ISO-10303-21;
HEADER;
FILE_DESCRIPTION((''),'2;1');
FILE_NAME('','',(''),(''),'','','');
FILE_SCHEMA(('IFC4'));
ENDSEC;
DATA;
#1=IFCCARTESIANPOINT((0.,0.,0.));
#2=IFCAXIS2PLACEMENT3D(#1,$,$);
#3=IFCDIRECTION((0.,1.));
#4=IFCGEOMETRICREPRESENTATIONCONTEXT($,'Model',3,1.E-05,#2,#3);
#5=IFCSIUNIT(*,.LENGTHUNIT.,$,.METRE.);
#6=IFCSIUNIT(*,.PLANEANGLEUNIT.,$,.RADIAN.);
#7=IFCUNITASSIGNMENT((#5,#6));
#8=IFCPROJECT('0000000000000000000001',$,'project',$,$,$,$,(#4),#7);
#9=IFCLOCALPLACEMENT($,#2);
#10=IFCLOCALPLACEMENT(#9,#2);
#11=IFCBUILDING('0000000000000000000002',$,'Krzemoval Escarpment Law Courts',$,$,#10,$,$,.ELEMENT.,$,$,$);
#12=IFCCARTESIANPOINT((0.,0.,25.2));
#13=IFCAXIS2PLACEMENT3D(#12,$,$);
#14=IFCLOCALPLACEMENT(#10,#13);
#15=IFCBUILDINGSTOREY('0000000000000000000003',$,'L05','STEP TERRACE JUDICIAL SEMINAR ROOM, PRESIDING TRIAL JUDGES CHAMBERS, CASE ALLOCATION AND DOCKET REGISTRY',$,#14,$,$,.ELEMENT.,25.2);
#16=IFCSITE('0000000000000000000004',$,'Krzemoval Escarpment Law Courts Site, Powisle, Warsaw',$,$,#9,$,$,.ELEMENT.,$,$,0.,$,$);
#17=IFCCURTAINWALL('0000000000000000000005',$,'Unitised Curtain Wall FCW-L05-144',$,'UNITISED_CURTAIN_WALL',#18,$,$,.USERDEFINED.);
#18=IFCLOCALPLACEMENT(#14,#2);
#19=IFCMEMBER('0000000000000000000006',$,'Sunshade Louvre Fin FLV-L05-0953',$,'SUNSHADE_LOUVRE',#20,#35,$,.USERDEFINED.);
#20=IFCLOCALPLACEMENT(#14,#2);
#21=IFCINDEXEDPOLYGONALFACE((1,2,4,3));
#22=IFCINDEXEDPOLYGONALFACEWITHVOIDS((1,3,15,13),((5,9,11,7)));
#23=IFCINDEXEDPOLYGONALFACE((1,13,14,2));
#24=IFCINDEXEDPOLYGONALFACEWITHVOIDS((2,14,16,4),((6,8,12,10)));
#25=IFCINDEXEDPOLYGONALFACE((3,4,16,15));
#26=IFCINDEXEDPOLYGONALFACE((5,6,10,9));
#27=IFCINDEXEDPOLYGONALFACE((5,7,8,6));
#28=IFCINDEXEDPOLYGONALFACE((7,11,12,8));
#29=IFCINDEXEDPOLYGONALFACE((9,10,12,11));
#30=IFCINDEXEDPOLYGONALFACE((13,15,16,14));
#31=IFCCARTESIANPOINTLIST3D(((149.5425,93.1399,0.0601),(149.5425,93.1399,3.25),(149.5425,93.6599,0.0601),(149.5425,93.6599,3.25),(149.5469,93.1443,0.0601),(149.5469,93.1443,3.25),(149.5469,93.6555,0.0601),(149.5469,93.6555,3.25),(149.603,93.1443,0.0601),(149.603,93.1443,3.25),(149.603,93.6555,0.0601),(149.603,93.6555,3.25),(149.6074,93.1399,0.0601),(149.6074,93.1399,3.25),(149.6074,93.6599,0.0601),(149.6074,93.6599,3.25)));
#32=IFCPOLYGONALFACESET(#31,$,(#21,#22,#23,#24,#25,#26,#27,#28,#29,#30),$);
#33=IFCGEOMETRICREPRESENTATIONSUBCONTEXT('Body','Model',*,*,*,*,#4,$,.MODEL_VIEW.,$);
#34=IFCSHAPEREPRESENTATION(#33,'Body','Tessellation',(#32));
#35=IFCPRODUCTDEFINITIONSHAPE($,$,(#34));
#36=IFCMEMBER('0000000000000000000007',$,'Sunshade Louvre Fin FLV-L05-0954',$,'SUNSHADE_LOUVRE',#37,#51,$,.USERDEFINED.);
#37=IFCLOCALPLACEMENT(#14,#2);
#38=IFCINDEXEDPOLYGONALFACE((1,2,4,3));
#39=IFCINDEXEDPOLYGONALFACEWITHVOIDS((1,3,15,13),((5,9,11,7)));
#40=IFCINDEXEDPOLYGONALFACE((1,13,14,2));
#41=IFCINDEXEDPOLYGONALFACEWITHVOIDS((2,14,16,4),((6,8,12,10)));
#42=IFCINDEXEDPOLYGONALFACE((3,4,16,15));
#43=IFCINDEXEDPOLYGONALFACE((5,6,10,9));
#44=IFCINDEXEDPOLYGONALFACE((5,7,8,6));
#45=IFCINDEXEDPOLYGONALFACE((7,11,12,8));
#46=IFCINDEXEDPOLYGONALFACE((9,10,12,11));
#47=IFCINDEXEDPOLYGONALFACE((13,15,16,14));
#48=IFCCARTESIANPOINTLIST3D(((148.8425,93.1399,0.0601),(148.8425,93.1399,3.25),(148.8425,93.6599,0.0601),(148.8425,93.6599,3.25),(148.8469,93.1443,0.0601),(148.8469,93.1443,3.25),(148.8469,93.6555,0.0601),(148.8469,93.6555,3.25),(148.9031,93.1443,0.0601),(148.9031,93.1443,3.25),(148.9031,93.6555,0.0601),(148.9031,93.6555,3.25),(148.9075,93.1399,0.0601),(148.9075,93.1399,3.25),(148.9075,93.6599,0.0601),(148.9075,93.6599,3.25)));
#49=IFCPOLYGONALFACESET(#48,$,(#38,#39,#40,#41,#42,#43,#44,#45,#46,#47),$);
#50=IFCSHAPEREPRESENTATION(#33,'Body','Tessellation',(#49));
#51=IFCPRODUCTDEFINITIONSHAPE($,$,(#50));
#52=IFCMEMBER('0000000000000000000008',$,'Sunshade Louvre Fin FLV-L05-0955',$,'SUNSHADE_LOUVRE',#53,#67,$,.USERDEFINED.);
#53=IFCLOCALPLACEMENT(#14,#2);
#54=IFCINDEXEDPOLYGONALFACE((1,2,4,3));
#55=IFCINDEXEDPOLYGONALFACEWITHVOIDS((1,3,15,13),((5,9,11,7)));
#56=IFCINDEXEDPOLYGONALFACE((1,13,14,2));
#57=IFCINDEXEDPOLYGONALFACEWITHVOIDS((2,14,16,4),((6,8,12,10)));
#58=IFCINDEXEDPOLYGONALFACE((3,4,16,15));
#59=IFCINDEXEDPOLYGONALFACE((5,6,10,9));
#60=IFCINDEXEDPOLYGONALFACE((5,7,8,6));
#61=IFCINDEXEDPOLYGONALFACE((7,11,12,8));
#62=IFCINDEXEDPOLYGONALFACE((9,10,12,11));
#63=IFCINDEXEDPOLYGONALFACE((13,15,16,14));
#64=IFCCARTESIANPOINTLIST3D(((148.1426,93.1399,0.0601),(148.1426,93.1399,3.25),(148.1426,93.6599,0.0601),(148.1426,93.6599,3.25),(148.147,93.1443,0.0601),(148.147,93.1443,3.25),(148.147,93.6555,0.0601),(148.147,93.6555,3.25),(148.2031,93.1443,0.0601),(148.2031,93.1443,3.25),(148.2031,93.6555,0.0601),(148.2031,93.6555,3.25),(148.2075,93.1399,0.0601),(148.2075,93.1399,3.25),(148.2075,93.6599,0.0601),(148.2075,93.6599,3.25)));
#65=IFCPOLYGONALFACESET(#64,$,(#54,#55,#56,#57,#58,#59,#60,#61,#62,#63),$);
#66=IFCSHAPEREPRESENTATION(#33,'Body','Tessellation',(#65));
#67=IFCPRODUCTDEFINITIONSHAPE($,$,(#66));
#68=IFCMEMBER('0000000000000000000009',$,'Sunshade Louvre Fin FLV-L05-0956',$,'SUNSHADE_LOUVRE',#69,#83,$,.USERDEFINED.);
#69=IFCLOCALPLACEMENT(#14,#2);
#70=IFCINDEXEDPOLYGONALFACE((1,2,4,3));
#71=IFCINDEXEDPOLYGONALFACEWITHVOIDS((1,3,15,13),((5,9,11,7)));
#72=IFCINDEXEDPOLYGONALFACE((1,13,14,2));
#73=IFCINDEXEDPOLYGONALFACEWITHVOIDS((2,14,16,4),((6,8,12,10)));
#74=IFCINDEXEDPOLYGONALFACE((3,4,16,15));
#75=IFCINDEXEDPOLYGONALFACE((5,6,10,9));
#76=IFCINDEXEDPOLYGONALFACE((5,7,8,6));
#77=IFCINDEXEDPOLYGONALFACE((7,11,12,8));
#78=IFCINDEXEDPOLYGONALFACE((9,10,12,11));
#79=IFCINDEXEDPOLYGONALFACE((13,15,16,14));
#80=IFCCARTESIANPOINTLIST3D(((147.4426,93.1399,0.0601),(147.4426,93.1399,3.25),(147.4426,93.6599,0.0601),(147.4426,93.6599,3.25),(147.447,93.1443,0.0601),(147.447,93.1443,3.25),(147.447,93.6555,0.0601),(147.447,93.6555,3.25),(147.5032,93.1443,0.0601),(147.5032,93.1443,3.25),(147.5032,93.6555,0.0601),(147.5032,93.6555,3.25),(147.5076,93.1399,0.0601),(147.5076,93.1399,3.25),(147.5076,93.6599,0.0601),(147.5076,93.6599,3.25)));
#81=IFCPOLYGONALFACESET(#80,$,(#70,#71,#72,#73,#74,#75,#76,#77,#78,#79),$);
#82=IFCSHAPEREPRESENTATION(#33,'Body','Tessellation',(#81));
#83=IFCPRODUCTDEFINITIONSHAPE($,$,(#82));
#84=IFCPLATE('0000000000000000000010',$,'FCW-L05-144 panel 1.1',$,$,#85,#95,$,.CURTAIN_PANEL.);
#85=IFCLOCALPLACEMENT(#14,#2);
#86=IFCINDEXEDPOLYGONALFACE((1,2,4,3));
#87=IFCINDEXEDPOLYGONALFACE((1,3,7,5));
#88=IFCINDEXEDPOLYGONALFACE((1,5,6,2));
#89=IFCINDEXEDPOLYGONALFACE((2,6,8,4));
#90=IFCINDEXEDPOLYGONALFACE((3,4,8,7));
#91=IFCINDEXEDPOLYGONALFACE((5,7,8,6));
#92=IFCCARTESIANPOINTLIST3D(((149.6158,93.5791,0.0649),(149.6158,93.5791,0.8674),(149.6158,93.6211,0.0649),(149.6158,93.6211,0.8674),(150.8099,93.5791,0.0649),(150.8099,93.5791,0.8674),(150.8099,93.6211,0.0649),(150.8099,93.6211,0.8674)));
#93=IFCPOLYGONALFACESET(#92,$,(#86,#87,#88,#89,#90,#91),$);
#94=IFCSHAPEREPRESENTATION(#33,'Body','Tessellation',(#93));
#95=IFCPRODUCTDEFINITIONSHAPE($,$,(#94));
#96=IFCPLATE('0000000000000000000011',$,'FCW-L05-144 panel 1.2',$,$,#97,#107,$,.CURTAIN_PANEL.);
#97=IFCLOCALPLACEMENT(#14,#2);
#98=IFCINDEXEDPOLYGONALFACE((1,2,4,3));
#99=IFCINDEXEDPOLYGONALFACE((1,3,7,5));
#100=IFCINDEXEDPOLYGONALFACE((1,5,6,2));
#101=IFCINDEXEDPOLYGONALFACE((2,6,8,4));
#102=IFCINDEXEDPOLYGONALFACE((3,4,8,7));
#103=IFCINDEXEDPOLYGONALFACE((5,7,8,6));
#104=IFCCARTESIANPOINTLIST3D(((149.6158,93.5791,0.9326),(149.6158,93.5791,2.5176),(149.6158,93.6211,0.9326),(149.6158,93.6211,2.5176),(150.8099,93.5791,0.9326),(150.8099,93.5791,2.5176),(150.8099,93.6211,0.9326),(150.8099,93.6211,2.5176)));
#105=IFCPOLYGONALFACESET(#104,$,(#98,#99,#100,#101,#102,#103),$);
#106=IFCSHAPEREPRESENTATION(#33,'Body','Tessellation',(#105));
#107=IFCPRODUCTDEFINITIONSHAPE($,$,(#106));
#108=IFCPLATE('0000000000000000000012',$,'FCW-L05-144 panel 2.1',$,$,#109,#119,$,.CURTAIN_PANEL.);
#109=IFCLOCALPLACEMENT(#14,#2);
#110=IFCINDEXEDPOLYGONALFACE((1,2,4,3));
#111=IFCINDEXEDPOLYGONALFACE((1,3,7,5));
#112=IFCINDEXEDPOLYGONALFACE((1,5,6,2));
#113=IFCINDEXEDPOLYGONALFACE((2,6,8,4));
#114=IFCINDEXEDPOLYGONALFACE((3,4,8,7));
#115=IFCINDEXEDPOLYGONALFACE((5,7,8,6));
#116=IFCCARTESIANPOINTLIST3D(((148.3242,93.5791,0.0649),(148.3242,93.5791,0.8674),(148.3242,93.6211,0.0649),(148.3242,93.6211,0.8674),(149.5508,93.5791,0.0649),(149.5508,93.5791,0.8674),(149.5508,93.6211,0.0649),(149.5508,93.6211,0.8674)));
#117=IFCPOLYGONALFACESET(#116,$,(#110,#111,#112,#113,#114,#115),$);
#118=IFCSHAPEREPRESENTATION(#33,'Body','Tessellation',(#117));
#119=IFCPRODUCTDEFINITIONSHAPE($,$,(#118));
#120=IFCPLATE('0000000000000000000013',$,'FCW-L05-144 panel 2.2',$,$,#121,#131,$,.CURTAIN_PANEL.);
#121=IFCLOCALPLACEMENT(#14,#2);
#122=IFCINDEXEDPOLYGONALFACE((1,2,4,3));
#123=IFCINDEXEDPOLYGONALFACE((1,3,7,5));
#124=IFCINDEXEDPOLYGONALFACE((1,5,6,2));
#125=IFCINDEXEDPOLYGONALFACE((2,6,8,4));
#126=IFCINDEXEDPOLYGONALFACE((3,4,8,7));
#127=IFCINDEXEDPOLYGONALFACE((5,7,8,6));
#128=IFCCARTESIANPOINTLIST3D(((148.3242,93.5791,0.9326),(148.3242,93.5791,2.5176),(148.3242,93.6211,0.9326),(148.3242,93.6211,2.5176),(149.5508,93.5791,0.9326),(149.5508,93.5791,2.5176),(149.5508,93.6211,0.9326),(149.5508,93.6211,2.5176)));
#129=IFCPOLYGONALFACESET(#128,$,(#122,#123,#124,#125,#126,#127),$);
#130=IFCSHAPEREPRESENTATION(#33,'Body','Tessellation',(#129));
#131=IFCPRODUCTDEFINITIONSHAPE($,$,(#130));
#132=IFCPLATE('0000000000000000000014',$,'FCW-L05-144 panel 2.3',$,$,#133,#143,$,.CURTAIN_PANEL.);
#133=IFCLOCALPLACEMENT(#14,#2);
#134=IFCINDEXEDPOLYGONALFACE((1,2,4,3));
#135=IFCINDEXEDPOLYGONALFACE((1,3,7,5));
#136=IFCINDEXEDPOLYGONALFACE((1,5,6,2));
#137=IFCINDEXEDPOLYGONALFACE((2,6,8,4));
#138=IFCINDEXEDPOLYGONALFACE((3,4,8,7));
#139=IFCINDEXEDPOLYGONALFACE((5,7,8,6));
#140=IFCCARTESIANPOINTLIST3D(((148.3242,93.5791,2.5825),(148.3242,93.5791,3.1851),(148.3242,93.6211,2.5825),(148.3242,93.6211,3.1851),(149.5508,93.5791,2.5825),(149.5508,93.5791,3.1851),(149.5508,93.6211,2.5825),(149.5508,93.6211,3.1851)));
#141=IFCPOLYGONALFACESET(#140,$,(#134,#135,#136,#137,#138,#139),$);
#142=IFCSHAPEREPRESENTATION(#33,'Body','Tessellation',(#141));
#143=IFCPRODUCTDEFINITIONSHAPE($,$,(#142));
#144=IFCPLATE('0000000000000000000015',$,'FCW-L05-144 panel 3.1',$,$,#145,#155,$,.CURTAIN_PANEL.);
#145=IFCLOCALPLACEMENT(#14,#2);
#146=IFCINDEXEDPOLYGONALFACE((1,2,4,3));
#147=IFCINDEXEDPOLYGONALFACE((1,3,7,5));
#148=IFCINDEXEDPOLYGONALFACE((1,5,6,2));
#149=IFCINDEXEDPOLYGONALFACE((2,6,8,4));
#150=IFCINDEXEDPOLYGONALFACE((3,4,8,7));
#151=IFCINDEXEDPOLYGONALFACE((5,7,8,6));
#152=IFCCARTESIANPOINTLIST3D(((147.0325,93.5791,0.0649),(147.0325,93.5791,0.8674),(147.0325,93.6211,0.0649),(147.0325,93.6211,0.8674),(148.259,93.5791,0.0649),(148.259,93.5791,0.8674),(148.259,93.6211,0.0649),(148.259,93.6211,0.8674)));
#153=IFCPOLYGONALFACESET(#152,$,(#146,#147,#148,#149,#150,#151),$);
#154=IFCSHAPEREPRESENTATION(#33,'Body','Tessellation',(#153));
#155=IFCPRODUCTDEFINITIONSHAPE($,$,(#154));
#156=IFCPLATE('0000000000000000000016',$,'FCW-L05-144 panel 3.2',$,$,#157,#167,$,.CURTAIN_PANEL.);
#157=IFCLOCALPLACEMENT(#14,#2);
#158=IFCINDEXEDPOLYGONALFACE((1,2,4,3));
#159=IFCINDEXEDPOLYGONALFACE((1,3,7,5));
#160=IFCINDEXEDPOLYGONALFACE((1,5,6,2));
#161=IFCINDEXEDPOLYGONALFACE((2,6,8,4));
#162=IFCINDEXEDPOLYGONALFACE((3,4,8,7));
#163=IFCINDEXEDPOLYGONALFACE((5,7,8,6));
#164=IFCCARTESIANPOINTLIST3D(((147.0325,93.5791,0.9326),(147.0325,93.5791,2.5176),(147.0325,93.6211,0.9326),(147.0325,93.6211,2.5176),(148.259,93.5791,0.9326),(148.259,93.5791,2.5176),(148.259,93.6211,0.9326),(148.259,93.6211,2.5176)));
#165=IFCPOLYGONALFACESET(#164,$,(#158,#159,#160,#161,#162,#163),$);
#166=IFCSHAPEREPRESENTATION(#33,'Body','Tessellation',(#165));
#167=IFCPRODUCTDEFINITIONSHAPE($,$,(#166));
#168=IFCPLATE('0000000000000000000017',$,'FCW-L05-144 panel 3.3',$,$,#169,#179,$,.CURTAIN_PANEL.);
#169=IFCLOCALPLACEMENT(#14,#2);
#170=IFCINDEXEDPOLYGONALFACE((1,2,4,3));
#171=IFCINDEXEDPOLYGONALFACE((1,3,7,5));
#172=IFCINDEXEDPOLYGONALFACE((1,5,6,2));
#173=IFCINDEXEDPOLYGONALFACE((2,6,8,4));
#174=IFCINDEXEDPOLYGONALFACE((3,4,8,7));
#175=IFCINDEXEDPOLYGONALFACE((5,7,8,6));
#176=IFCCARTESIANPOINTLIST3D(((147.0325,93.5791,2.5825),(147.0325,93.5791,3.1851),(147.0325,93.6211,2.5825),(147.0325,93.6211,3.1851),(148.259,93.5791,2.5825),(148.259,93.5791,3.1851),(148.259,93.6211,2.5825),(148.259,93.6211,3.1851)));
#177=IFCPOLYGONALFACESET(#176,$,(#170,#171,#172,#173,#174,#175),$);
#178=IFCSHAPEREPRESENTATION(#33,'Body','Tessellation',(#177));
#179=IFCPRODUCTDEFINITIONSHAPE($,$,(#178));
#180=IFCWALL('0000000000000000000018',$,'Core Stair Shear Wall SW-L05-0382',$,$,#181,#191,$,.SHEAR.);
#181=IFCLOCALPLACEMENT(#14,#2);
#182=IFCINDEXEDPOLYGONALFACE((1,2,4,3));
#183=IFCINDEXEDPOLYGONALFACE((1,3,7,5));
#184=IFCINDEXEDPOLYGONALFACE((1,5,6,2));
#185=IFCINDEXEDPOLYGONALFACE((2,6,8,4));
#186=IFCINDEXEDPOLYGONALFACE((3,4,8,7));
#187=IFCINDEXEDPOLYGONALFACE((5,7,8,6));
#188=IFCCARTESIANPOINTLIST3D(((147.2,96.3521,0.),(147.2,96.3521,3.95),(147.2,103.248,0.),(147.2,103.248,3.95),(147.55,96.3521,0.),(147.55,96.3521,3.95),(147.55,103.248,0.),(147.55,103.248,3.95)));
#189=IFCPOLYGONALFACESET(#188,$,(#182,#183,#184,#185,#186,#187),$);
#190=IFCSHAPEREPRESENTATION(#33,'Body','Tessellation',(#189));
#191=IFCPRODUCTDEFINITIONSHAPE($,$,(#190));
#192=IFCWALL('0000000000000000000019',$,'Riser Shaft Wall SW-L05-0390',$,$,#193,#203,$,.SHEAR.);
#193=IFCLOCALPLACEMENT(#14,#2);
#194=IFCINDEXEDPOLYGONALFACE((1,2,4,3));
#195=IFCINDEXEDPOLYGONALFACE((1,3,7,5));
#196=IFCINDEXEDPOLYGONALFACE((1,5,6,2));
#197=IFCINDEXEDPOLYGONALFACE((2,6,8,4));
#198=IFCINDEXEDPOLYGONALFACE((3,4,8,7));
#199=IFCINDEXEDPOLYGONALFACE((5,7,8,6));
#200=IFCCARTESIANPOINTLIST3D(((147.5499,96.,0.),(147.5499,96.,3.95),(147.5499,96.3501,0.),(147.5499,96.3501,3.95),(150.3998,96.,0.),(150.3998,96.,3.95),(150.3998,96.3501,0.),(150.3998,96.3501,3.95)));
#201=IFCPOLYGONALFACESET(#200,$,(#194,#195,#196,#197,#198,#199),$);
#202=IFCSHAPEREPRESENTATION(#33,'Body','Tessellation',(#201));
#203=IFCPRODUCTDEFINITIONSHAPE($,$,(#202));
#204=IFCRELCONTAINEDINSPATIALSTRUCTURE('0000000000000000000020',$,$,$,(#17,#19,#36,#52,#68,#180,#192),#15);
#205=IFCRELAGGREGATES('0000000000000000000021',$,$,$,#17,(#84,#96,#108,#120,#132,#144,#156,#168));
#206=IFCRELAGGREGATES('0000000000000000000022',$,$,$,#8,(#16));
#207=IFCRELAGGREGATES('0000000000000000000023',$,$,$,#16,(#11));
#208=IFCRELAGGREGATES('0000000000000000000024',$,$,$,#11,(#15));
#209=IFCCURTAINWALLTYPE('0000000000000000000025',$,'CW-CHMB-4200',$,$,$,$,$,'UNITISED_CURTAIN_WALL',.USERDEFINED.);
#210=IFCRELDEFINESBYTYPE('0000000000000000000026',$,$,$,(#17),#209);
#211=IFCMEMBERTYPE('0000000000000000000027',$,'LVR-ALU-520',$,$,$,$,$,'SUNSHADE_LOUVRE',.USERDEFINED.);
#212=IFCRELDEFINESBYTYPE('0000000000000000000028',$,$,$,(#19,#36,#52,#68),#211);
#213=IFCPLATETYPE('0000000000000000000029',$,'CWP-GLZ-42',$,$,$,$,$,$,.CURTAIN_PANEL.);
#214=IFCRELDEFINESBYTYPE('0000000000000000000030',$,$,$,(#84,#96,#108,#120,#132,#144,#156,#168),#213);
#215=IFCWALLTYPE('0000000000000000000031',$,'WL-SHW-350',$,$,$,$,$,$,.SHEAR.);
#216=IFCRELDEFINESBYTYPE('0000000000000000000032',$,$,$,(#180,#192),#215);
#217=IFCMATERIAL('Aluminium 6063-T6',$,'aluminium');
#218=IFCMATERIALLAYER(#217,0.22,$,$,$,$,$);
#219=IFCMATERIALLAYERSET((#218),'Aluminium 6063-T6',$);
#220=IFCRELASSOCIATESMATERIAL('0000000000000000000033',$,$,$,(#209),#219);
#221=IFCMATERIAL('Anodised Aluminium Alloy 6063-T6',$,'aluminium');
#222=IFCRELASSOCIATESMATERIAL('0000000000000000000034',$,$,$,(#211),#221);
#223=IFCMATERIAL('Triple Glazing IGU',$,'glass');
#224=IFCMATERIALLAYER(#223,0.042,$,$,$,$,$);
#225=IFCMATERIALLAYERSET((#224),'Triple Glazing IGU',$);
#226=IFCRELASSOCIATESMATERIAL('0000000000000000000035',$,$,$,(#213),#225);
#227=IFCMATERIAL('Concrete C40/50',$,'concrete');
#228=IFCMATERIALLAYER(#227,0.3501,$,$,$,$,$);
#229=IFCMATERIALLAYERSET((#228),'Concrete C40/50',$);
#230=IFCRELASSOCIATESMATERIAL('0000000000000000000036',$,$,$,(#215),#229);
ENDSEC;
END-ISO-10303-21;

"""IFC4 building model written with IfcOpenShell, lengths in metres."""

from ifc_helpers import new_model, si_unit, direction, frame, frame_2d, origin, origin_2d, place, context, subcontext, project, spatial, rectangle, hollow_rectangle, extrude, material, layer, layer_set, material_profile, profile_set, type_object, element, aggregate, save


model = new_model("IFC4")

# Units and contexts
model_context = context("Model", 3, precision=1e-05, world=origin(), true_north=direction((0.0, 1.0)))
body_context = subcontext(model_context, "Body", "Model", "MODEL_VIEW")
ifc_project = project(units=[si_unit("LENGTHUNIT", "METRE"), si_unit("PLANEANGLEUNIT", "RADIAN")], contexts=[model_context])

# Site, building, storey
site_placement = place(None, origin())
site = spatial("IfcSite", under=ifc_project, at=site_placement, Name="Krzemoval Escarpment Law Courts Site, Powisle, Warsaw", CompositionType="ELEMENT", RefElevation=0.0)
building_placement = place(site_placement, origin())
building = spatial("IfcBuilding", under=site, at=building_placement, Name="Krzemoval Escarpment Law Courts", CompositionType="ELEMENT")
storey_placement = place(building_placement, frame((0.0, 0.0, 25.2)))
storey = spatial("IfcBuildingStorey", under=building, at=storey_placement, Name="L05", Description="STEP TERRACE JUDICIAL SEMINAR ROOM, PRESIDING TRIAL JUDGES CHAMBERS, CASE ALLOCATION AND DOCKET REGISTRY", CompositionType="ELEMENT", Elevation=25.2)

# Curtain wall
ifc_material_1 = material(Name="Aluminium 6063-T6", Category="aluminium")
ifc_layer_1 = layer(ifc_material_1, 0.22)
ifc_layer_set_1 = layer_set([ifc_layer_1], Name="Aluminium 6063-T6")
curtain_wall_type = type_object("IfcCurtainWallType", Name="CW-CHMB-4200", ElementType="UNITISED_CURTAIN_WALL", PredefinedType="USERDEFINED", material=ifc_layer_set_1)
curtain_wall_placement = place(storey_placement, origin())
curtain_wall = element("IfcCurtainWall", 1, at=curtain_wall_placement, inside=storey, type_object=curtain_wall_type, Name="Unitised Curtain Wall FCW-L05-144", ObjectType="UNITISED_CURTAIN_WALL", PredefinedType="USERDEFINED")

# Members
ifc_material_2 = material(Name="Anodised Aluminium Alloy 6063-T6", Category="aluminium")
ifc_material_profile_1 = material_profile(ifc_material_2, hollow_rectangle(XDim=0.0649, YDim=0.52, WallThickness=0.0044, at=origin_2d()), Name="ALU LVR 65x520")
ifc_profile_set_1 = profile_set([ifc_material_profile_1], Name="Anodised Aluminium Alloy 6063-T6")
member_type_1 = type_object("IfcMemberType", Name="LVR-ALU-520", ElementType="SUNSHADE_LOUVRE", PredefinedType="USERDEFINED", material=ifc_profile_set_1)
for number, where, z_axis, x_axis, name in (
    (2, (149.575, 93.3999, 0.0601), (0.0, 0.0, 1.0), (1.0, 0.0, 0.0), "Sunshade Louvre Fin FLV-L05-0953"),
    (3, (148.875, 93.3999, 0.0601), (0.0, 0.0, 1.0), (1.0, 0.0, 0.0), "Sunshade Louvre Fin FLV-L05-0954"),
    (4, (148.175, 93.3999, 0.0601), (0.0, 0.0, 1.0), (1.0, 0.0, 0.0), "Sunshade Louvre Fin FLV-L05-0955"),
    (5, (147.4751, 93.3999, 0.0601), (0.0, 0.0, 1.0), (1.0, 0.0, 0.0), "Sunshade Louvre Fin FLV-L05-0956"),
):
    element("IfcMember", number, at=place(storey_placement, frame(where, z_axis=z_axis, x_axis=x_axis)), inside=storey, type_object=member_type_1, Name=name, ObjectType="SUNSHADE_LOUVRE", PredefinedType="USERDEFINED", context=body_context, shape_type="SweptSolid", body=[
        extrude(hollow_rectangle(XDim=0.0649, YDim=0.52, WallThickness=0.0044, at=origin_2d()), origin(), (0.0, 0.0, 1.0), 3.1899),
    ])

# Plates
ifc_material_3 = material(Name="Triple Glazing IGU", Category="glass")
ifc_layer_2 = layer(ifc_material_3, 0.042)
ifc_layer_set_2 = layer_set([ifc_layer_2], Name="Triple Glazing IGU")
plate_type = type_object("IfcPlateType", Name="CWP-GLZ-42", PredefinedType="CURTAIN_PANEL", material=ifc_layer_set_2)
plate_1_placement = place(storey_placement, frame((150.2129, 93.6001, 0.0649), z_axis=(0.0, 0.0, 1.0), x_axis=(-1.0, 0.0, 0.0)))
plate_1 = element("IfcPlate", 6, at=plate_1_placement, type_object=plate_type, Name="FCW-L05-144 panel 1.1", PredefinedType="CURTAIN_PANEL", context=body_context, shape_type="SweptSolid", body=[
    extrude(rectangle(XDim=1.1941, YDim=0.042, at=origin_2d()), origin(), (0.0, 0.0, 1.0), 0.8025),
])
plate_2_placement = place(storey_placement, frame((150.2129, 93.6001, 0.9326), z_axis=(0.0, 0.0, 1.0), x_axis=(-1.0, 0.0, 0.0)))
plate_2 = element("IfcPlate", 7, at=plate_2_placement, type_object=plate_type, Name="FCW-L05-144 panel 1.2", PredefinedType="CURTAIN_PANEL", context=body_context, shape_type="SweptSolid", body=[
    extrude(rectangle(XDim=1.1941, YDim=0.042, at=origin_2d()), origin(), (0.0, 0.0, 1.0), 1.585),
])
plate_3_placement = place(storey_placement, frame((148.9375, 93.6001, 0.0649), z_axis=(0.0, 0.0, 1.0), x_axis=(-1.0, 0.0, 0.0)))
plate_3 = element("IfcPlate", 8, at=plate_3_placement, type_object=plate_type, Name="FCW-L05-144 panel 2.1", PredefinedType="CURTAIN_PANEL", context=body_context, shape_type="SweptSolid", body=[
    extrude(rectangle(XDim=1.2266, YDim=0.042, at=origin_2d()), origin(), (0.0, 0.0, 1.0), 0.8025),
])
plate_4_placement = place(storey_placement, frame((148.9375, 93.6001, 0.9326), z_axis=(0.0, 0.0, 1.0), x_axis=(-1.0, 0.0, 0.0)))
plate_4 = element("IfcPlate", 9, at=plate_4_placement, type_object=plate_type, Name="FCW-L05-144 panel 2.2", PredefinedType="CURTAIN_PANEL", context=body_context, shape_type="SweptSolid", body=[
    extrude(rectangle(XDim=1.2266, YDim=0.042, at=origin_2d()), origin(), (0.0, 0.0, 1.0), 1.585),
])
plate_5_placement = place(storey_placement, frame((148.9375, 93.6001, 2.5825), z_axis=(0.0, 0.0, 1.0), x_axis=(-1.0, 0.0, 0.0)))
plate_5 = element("IfcPlate", 10, at=plate_5_placement, type_object=plate_type, Name="FCW-L05-144 panel 2.3", PredefinedType="CURTAIN_PANEL", context=body_context, shape_type="SweptSolid", body=[
    extrude(rectangle(XDim=1.2266, YDim=0.042, at=origin_2d()), origin(), (0.0, 0.0, 1.0), 0.6025),
])
plate_6_placement = place(storey_placement, frame((147.6458, 93.6001, 0.0649), z_axis=(0.0, 0.0, 1.0), x_axis=(-1.0, 0.0, 0.0)))
plate_6 = element("IfcPlate", 11, at=plate_6_placement, type_object=plate_type, Name="FCW-L05-144 panel 3.1", PredefinedType="CURTAIN_PANEL", context=body_context, shape_type="SweptSolid", body=[
    extrude(rectangle(XDim=1.2266, YDim=0.042, at=origin_2d()), origin(), (0.0, 0.0, 1.0), 0.8025),
])
plate_7_placement = place(storey_placement, frame((147.6458, 93.6001, 0.9326), z_axis=(0.0, 0.0, 1.0), x_axis=(-1.0, 0.0, 0.0)))
plate_7 = element("IfcPlate", 12, at=plate_7_placement, type_object=plate_type, Name="FCW-L05-144 panel 3.2", PredefinedType="CURTAIN_PANEL", context=body_context, shape_type="SweptSolid", body=[
    extrude(rectangle(XDim=1.2266, YDim=0.042, at=origin_2d()), origin(), (0.0, 0.0, 1.0), 1.585),
])
plate_8_placement = place(storey_placement, frame((147.6458, 93.6001, 2.5825), z_axis=(0.0, 0.0, 1.0), x_axis=(-1.0, 0.0, 0.0)))
plate_8 = element("IfcPlate", 13, at=plate_8_placement, type_object=plate_type, Name="FCW-L05-144 panel 3.3", PredefinedType="CURTAIN_PANEL", context=body_context, shape_type="SweptSolid", body=[
    extrude(rectangle(XDim=1.2266, YDim=0.042, at=origin_2d()), origin(), (0.0, 0.0, 1.0), 0.6025),
])
aggregate(curtain_wall, [plate_1, plate_2, plate_3, plate_4, plate_5, plate_6, plate_7, plate_8])

# Walls
ifc_material_4 = material(Name="Concrete C40/50", Category="concrete")
ifc_layer_3 = layer(ifc_material_4, 0.3501)
ifc_layer_set_3 = layer_set([ifc_layer_3], Name="Concrete C40/50")
wall_type = type_object("IfcWallType", Name="WL-SHW-350", PredefinedType="SHEAR", material=ifc_layer_set_3)
wall_1_placement = place(storey_placement, frame((147.375, 96.3521, 0.0), z_axis=(0.0, 0.0, 1.0), x_axis=(0.0, 1.0, 0.0)))
element("IfcWall", 14, at=wall_1_placement, inside=storey, type_object=wall_type, Name="Core Stair Shear Wall SW-L05-0382", PredefinedType="SHEAR", context=body_context, shape_type="SweptSolid", body=[
    extrude(rectangle(XDim=6.896, YDim=0.3501, at=frame_2d((3.448, 0.0))), origin(), (0.0, 0.0, 1.0), 3.95),
])
wall_2_placement = place(storey_placement, frame((147.55, 96.175, 0.0), z_axis=(0.0, 0.0, 1.0), x_axis=(1.0, 0.0, 0.0)))
element("IfcWall", 15, at=wall_2_placement, inside=storey, type_object=wall_type, Name="Riser Shaft Wall SW-L05-0390", PredefinedType="SHEAR", context=body_context, shape_type="SweptSolid", body=[
    extrude(rectangle(XDim=2.8499, YDim=0.3501, at=frame_2d((1.4248, 0.0))), origin(), (0.0, 0.0, 1.0), 3.95),
])

save(model, "model.ifc")
